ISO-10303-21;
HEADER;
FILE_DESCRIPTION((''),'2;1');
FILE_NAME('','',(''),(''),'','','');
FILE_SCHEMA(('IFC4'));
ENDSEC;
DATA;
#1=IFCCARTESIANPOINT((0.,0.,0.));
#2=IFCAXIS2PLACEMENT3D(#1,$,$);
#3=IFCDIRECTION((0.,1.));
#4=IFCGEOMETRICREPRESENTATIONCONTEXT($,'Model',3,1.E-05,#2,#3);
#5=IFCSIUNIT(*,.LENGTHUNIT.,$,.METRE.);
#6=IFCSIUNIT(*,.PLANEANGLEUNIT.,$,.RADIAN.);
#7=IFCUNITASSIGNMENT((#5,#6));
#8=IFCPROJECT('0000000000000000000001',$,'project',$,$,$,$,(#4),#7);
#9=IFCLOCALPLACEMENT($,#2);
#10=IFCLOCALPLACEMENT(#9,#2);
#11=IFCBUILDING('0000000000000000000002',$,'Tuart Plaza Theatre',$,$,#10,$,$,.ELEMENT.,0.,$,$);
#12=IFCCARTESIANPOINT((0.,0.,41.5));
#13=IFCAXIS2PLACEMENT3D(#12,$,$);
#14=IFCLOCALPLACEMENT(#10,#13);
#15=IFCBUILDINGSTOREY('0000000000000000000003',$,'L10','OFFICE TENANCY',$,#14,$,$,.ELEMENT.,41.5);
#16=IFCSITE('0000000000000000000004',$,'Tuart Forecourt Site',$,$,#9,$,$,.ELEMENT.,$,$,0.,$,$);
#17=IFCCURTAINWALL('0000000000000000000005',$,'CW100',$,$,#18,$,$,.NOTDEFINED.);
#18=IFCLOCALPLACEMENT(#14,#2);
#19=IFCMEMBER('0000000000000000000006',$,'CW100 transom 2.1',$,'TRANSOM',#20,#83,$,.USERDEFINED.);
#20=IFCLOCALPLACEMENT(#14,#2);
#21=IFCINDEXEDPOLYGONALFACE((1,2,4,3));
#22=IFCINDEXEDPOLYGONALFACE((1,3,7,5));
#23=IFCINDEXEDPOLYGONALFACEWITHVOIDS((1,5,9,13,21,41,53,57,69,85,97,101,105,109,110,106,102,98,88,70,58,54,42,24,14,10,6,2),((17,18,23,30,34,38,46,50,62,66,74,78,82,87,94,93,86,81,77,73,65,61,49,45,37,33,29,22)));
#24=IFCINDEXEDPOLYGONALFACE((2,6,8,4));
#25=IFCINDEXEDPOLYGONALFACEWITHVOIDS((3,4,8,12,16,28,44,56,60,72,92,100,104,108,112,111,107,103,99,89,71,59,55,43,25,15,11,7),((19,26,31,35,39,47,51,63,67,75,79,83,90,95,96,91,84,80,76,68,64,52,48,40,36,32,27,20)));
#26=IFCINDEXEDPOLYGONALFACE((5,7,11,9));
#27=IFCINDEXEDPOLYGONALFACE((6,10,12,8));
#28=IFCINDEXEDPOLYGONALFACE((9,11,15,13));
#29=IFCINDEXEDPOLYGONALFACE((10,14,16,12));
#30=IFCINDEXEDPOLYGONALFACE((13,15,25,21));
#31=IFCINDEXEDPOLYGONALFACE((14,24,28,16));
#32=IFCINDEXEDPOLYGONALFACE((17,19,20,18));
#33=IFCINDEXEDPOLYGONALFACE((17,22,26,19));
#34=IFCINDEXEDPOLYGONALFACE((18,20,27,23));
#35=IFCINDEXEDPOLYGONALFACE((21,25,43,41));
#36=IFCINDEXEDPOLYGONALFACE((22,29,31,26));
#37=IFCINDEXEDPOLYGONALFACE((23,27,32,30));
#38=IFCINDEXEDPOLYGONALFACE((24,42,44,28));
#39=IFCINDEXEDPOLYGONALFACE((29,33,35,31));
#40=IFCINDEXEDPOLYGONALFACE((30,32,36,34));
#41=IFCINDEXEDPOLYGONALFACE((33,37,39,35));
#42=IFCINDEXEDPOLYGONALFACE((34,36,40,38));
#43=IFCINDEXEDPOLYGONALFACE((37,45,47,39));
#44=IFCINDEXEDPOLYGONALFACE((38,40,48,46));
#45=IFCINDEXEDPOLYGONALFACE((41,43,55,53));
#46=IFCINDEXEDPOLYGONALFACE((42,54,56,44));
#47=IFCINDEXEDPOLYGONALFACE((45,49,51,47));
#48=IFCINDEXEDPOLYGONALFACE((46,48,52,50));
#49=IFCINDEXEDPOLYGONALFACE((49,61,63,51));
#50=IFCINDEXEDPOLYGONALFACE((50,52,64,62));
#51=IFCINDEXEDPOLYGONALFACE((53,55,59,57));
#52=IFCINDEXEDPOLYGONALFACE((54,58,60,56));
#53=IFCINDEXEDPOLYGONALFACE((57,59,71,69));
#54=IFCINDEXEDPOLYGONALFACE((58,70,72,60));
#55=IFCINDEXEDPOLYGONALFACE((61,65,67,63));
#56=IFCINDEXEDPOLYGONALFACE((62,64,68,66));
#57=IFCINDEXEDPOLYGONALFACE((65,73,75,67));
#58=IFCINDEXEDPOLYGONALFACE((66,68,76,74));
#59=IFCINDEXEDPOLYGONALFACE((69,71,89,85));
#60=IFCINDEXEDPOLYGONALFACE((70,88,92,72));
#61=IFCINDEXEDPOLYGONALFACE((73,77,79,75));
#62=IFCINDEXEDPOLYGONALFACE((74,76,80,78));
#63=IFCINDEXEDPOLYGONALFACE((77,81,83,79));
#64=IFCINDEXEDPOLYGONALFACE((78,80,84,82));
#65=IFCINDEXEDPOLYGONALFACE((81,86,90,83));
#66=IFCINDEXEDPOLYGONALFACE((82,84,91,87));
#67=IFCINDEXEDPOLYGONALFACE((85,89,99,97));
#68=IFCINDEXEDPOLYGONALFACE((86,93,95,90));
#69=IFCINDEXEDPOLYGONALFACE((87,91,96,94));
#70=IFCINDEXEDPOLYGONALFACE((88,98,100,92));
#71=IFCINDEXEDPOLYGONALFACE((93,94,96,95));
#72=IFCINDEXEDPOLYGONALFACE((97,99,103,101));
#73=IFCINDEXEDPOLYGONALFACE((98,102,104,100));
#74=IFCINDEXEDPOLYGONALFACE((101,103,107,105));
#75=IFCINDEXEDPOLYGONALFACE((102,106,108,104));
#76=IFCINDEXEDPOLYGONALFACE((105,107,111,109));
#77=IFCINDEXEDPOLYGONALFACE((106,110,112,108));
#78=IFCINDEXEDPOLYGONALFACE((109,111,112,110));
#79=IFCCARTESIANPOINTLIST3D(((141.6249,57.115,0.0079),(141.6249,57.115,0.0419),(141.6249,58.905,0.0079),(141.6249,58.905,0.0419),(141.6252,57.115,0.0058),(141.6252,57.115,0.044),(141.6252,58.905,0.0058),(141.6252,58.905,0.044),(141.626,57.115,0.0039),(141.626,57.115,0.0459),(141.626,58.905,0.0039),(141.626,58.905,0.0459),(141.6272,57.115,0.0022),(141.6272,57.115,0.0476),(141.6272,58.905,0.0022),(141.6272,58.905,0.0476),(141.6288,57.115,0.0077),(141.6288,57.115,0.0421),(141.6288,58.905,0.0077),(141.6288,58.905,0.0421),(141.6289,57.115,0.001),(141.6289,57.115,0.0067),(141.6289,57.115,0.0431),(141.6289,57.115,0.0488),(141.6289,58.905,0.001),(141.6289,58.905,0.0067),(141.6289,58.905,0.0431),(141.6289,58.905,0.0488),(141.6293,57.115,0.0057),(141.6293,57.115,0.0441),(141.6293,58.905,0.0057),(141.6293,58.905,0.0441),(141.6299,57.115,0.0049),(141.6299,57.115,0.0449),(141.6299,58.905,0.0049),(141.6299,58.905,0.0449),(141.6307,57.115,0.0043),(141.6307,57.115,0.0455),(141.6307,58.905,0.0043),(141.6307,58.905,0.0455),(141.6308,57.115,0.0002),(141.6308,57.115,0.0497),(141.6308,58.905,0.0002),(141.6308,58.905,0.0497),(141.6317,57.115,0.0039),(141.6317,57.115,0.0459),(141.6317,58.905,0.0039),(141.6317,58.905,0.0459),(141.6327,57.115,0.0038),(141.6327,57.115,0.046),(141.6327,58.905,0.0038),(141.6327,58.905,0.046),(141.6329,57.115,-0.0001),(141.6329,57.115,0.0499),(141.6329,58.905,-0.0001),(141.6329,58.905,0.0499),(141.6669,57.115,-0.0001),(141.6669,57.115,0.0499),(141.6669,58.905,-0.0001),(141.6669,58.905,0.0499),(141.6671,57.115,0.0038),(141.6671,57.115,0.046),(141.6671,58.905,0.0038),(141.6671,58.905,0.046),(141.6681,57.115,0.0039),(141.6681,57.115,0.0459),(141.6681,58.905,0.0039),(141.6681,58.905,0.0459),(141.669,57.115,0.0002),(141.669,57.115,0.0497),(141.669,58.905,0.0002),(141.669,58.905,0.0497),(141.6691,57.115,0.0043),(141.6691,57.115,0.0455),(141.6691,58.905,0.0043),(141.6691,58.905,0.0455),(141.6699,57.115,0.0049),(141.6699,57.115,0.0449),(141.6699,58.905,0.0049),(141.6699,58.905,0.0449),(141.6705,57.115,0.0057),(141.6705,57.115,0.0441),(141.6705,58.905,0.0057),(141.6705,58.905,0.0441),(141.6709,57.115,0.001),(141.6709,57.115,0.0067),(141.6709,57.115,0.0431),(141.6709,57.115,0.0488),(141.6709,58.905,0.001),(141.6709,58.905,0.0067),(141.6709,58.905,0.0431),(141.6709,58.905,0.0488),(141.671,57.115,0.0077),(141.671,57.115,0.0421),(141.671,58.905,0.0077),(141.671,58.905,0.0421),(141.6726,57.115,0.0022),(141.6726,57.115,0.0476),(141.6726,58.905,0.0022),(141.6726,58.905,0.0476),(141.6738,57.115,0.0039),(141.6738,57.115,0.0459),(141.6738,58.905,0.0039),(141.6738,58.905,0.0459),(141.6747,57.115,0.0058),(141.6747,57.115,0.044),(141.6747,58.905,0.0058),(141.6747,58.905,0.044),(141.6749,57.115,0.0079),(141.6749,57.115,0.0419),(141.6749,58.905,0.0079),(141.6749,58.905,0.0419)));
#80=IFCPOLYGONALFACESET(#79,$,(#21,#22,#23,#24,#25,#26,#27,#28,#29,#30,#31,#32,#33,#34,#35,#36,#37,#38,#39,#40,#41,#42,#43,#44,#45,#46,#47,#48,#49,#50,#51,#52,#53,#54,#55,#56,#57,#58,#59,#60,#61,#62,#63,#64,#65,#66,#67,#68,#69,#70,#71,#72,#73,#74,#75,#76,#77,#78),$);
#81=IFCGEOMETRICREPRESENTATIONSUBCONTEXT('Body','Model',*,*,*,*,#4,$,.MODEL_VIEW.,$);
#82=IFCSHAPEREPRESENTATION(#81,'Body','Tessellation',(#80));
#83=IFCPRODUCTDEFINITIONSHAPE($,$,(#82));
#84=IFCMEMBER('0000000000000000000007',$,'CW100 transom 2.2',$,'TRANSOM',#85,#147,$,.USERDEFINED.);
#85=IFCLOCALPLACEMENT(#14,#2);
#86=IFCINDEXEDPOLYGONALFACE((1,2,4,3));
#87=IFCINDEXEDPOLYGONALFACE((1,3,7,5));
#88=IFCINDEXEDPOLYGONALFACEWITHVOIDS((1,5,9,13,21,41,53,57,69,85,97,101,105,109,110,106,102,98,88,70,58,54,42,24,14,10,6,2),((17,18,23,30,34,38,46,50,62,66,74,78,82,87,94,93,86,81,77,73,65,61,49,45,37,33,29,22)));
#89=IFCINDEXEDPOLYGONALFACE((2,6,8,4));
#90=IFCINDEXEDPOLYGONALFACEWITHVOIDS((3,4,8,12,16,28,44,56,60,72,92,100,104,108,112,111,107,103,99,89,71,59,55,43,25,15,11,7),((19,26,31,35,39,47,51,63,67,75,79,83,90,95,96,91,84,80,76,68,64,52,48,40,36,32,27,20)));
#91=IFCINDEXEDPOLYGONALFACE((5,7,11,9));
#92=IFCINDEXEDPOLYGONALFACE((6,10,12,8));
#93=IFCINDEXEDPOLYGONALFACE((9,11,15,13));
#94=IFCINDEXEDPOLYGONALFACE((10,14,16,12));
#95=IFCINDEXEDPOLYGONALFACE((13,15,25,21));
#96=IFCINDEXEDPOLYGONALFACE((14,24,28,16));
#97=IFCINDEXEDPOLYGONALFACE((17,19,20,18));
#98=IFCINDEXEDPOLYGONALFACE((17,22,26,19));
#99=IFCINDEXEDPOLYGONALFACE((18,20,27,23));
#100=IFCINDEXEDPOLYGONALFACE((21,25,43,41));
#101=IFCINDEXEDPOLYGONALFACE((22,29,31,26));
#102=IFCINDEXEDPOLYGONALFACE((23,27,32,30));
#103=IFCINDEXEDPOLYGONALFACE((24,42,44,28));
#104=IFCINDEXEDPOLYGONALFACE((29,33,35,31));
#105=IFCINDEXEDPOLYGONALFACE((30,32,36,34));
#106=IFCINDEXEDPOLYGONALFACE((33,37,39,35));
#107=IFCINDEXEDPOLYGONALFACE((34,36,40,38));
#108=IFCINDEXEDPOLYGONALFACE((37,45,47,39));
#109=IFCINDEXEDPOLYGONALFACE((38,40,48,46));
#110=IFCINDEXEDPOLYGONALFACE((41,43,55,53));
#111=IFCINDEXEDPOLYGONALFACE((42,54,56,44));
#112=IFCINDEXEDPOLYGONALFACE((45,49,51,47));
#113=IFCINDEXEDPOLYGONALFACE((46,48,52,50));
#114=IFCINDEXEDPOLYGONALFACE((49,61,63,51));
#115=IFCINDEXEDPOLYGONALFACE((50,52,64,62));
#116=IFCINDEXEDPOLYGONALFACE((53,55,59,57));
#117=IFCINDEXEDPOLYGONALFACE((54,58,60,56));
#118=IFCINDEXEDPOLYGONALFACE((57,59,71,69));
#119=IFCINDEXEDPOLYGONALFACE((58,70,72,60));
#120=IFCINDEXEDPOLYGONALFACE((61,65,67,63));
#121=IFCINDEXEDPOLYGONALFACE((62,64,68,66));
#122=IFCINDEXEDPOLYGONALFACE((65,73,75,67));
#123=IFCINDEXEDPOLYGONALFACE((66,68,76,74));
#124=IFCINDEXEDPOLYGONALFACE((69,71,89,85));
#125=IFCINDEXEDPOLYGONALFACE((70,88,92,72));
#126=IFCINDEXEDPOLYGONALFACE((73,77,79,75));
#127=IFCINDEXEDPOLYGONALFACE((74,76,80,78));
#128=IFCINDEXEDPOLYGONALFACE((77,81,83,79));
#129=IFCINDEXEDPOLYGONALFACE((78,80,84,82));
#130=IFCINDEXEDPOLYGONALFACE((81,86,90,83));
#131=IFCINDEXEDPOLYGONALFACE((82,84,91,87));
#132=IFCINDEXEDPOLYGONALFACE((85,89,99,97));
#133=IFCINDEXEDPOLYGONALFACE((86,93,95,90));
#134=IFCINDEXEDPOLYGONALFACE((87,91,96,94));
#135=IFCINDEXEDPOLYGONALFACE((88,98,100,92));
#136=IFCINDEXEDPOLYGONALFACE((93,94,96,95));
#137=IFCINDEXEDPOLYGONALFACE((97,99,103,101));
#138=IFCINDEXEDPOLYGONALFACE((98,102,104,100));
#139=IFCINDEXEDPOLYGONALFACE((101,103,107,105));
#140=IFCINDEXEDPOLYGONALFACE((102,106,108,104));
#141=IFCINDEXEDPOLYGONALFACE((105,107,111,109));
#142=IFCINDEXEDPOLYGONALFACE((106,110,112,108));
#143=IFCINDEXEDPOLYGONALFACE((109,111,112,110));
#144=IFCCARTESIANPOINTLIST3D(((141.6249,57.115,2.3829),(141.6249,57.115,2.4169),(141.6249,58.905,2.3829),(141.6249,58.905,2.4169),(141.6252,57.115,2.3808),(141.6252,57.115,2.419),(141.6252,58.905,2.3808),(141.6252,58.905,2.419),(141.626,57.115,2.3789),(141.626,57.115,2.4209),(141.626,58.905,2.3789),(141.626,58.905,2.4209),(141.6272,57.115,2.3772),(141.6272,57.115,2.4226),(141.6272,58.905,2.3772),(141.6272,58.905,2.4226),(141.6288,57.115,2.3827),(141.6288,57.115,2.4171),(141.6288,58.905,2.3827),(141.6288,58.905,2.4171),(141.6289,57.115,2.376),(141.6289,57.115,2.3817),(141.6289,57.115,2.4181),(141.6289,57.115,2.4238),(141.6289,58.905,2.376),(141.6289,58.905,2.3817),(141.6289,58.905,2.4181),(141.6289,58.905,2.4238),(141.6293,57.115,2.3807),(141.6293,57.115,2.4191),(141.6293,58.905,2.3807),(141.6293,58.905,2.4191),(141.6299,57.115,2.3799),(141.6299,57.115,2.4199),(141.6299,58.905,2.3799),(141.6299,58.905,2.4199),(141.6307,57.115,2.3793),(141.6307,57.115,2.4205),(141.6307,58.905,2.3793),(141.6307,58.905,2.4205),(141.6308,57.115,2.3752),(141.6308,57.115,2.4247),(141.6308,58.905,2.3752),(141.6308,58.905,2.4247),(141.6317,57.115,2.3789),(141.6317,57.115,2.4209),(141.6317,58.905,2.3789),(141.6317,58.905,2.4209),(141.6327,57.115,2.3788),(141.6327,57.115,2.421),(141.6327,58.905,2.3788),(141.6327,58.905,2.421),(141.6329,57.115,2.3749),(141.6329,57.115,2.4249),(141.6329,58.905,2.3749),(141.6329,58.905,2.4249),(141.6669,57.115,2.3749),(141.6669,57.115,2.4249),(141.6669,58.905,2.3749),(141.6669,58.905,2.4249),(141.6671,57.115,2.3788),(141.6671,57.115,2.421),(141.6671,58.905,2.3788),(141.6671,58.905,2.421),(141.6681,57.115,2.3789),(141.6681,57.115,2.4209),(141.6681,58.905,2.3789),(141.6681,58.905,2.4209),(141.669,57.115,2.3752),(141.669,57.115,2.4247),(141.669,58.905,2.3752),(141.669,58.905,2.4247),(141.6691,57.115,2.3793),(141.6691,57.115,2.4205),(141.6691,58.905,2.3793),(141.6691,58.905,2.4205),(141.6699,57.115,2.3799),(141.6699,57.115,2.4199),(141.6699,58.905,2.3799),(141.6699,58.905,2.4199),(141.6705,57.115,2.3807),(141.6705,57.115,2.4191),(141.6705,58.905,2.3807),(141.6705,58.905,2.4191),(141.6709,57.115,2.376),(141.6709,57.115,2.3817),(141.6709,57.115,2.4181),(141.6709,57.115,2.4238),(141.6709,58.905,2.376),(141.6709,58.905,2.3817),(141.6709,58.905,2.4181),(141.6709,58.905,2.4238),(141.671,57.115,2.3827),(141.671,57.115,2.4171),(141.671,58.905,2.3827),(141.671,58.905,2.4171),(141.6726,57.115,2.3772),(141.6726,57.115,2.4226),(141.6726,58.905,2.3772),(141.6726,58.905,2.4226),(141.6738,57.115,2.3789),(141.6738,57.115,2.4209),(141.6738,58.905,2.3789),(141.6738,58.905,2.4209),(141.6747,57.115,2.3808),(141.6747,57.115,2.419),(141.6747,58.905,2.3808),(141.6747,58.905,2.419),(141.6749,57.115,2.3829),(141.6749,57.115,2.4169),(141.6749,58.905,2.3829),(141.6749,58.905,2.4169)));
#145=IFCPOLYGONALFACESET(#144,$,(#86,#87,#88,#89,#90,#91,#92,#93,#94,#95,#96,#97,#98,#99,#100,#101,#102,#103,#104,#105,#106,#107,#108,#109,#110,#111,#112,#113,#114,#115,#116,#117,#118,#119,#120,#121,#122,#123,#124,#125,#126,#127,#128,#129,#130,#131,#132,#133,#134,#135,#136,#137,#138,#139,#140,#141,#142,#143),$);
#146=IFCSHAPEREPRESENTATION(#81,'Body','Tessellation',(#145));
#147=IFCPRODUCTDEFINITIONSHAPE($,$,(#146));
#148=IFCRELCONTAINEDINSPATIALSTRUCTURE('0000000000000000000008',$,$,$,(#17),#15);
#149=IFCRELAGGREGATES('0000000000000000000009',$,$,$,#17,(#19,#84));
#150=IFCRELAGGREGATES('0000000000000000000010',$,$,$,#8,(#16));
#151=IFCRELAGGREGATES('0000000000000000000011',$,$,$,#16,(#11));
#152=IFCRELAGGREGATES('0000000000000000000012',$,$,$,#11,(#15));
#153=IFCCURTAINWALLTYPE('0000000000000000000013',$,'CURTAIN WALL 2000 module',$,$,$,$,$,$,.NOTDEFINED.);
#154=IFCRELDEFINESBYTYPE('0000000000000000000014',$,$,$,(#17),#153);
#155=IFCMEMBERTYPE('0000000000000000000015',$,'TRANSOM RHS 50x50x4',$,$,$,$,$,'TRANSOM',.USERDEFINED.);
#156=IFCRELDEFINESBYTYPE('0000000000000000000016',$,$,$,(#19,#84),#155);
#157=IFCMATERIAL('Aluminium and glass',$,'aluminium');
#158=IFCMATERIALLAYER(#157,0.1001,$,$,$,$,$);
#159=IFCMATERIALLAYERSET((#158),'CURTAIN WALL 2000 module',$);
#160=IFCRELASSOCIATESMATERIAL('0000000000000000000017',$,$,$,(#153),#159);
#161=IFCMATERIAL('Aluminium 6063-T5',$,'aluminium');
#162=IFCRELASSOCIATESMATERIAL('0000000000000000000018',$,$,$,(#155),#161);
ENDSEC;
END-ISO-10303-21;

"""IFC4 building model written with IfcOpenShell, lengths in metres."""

from ifc_helpers import new_model, si_unit, direction, frame, origin, origin_2d, place, context, subcontext, project, spatial, hollow_rectangle, extrude, material, layer, layer_set, material_profile, profile_set, type_object, element, aggregate, save


model = new_model("IFC4")

# Units and contexts
model_context = context("Model", 3, precision=1e-05, world=origin(), true_north=direction((0.0, 1.0)))
body_context = subcontext(model_context, "Body", "Model", "MODEL_VIEW")
ifc_project = project(units=[si_unit("LENGTHUNIT", "METRE"), si_unit("PLANEANGLEUNIT", "RADIAN")], contexts=[model_context])

# Site, building, storey
site_placement = place(None, origin())
site = spatial("IfcSite", under=ifc_project, at=site_placement, Name="Tuart Forecourt Site", CompositionType="ELEMENT", RefElevation=0.0)
building_placement = place(site_placement, origin())
building = spatial("IfcBuilding", under=site, at=building_placement, Name="Tuart Plaza Theatre", CompositionType="ELEMENT", ElevationOfRefHeight=0.0)
storey_placement = place(building_placement, frame((0.0, 0.0, 41.5)))
storey = spatial("IfcBuildingStorey", under=building, at=storey_placement, Name="L10", Description="OFFICE TENANCY", CompositionType="ELEMENT", Elevation=41.5)

# Curtain wall
ifc_material_1 = material(Name="Aluminium and glass", Category="aluminium")
ifc_layer_1 = layer(ifc_material_1, 0.1001)
ifc_layer_set_1 = layer_set([ifc_layer_1], Name="CURTAIN WALL 2000 module")
curtain_wall_type = type_object("IfcCurtainWallType", Name="CURTAIN WALL 2000 module", PredefinedType="NOTDEFINED", material=ifc_layer_set_1)
curtain_wall_1_placement = place(storey_placement, origin())
curtain_wall_1 = element("IfcCurtainWall", 1, at=curtain_wall_1_placement, inside=storey, type_object=curtain_wall_type, Name="CW100", PredefinedType="NOTDEFINED")

# Members
ifc_material_2 = material(Name="Aluminium 6063-T5", Category="aluminium")
ifc_material_profile_1 = material_profile(ifc_material_2, hollow_rectangle(XDim=0.05, YDim=0.05, WallThickness=0.0039, InnerFilletRadius=0.0039, OuterFilletRadius=0.0081, at=origin_2d()), Name="RHS 50x50x4")
ifc_profile_set_1 = profile_set([ifc_material_profile_1], Name="Aluminium 6063-T5")
member_type_1 = type_object("IfcMemberType", Name="TRANSOM RHS 50x50x4", ElementType="TRANSOM", PredefinedType="USERDEFINED", material=ifc_profile_set_1)
member_1_placement = place(storey_placement, frame((141.6499, 57.115, 0.0249), z_axis=(0.0, 1.0, 0.0), x_axis=(-1.0, 0.0, 0.0)))
member_1 = element("IfcMember", 2, at=member_1_placement, type_object=member_type_1, Name="CW100 transom 2.1", ObjectType="TRANSOM", PredefinedType="USERDEFINED", context=body_context, shape_type="SweptSolid", body=[
    extrude(hollow_rectangle(XDim=0.05, YDim=0.05, WallThickness=0.0039, InnerFilletRadius=0.0039, OuterFilletRadius=0.0081, at=origin_2d()), origin(), (0.0, 0.0, 1.0), 1.79),
])
member_2_placement = place(storey_placement, frame((141.6499, 57.115, 2.3999), z_axis=(0.0, 1.0, 0.0), x_axis=(-1.0, 0.0, 0.0)))
member_2 = element("IfcMember", 3, at=member_2_placement, type_object=member_type_1, Name="CW100 transom 2.2", ObjectType="TRANSOM", PredefinedType="USERDEFINED", context=body_context, shape_type="SweptSolid", body=[
    extrude(hollow_rectangle(XDim=0.05, YDim=0.05, WallThickness=0.0039, InnerFilletRadius=0.0039, OuterFilletRadius=0.0081, at=origin_2d()), origin(), (0.0, 0.0, 1.0), 1.79),
])

aggregate(curtain_wall_1, [member_1, member_2])

save(model, "model.ifc")
